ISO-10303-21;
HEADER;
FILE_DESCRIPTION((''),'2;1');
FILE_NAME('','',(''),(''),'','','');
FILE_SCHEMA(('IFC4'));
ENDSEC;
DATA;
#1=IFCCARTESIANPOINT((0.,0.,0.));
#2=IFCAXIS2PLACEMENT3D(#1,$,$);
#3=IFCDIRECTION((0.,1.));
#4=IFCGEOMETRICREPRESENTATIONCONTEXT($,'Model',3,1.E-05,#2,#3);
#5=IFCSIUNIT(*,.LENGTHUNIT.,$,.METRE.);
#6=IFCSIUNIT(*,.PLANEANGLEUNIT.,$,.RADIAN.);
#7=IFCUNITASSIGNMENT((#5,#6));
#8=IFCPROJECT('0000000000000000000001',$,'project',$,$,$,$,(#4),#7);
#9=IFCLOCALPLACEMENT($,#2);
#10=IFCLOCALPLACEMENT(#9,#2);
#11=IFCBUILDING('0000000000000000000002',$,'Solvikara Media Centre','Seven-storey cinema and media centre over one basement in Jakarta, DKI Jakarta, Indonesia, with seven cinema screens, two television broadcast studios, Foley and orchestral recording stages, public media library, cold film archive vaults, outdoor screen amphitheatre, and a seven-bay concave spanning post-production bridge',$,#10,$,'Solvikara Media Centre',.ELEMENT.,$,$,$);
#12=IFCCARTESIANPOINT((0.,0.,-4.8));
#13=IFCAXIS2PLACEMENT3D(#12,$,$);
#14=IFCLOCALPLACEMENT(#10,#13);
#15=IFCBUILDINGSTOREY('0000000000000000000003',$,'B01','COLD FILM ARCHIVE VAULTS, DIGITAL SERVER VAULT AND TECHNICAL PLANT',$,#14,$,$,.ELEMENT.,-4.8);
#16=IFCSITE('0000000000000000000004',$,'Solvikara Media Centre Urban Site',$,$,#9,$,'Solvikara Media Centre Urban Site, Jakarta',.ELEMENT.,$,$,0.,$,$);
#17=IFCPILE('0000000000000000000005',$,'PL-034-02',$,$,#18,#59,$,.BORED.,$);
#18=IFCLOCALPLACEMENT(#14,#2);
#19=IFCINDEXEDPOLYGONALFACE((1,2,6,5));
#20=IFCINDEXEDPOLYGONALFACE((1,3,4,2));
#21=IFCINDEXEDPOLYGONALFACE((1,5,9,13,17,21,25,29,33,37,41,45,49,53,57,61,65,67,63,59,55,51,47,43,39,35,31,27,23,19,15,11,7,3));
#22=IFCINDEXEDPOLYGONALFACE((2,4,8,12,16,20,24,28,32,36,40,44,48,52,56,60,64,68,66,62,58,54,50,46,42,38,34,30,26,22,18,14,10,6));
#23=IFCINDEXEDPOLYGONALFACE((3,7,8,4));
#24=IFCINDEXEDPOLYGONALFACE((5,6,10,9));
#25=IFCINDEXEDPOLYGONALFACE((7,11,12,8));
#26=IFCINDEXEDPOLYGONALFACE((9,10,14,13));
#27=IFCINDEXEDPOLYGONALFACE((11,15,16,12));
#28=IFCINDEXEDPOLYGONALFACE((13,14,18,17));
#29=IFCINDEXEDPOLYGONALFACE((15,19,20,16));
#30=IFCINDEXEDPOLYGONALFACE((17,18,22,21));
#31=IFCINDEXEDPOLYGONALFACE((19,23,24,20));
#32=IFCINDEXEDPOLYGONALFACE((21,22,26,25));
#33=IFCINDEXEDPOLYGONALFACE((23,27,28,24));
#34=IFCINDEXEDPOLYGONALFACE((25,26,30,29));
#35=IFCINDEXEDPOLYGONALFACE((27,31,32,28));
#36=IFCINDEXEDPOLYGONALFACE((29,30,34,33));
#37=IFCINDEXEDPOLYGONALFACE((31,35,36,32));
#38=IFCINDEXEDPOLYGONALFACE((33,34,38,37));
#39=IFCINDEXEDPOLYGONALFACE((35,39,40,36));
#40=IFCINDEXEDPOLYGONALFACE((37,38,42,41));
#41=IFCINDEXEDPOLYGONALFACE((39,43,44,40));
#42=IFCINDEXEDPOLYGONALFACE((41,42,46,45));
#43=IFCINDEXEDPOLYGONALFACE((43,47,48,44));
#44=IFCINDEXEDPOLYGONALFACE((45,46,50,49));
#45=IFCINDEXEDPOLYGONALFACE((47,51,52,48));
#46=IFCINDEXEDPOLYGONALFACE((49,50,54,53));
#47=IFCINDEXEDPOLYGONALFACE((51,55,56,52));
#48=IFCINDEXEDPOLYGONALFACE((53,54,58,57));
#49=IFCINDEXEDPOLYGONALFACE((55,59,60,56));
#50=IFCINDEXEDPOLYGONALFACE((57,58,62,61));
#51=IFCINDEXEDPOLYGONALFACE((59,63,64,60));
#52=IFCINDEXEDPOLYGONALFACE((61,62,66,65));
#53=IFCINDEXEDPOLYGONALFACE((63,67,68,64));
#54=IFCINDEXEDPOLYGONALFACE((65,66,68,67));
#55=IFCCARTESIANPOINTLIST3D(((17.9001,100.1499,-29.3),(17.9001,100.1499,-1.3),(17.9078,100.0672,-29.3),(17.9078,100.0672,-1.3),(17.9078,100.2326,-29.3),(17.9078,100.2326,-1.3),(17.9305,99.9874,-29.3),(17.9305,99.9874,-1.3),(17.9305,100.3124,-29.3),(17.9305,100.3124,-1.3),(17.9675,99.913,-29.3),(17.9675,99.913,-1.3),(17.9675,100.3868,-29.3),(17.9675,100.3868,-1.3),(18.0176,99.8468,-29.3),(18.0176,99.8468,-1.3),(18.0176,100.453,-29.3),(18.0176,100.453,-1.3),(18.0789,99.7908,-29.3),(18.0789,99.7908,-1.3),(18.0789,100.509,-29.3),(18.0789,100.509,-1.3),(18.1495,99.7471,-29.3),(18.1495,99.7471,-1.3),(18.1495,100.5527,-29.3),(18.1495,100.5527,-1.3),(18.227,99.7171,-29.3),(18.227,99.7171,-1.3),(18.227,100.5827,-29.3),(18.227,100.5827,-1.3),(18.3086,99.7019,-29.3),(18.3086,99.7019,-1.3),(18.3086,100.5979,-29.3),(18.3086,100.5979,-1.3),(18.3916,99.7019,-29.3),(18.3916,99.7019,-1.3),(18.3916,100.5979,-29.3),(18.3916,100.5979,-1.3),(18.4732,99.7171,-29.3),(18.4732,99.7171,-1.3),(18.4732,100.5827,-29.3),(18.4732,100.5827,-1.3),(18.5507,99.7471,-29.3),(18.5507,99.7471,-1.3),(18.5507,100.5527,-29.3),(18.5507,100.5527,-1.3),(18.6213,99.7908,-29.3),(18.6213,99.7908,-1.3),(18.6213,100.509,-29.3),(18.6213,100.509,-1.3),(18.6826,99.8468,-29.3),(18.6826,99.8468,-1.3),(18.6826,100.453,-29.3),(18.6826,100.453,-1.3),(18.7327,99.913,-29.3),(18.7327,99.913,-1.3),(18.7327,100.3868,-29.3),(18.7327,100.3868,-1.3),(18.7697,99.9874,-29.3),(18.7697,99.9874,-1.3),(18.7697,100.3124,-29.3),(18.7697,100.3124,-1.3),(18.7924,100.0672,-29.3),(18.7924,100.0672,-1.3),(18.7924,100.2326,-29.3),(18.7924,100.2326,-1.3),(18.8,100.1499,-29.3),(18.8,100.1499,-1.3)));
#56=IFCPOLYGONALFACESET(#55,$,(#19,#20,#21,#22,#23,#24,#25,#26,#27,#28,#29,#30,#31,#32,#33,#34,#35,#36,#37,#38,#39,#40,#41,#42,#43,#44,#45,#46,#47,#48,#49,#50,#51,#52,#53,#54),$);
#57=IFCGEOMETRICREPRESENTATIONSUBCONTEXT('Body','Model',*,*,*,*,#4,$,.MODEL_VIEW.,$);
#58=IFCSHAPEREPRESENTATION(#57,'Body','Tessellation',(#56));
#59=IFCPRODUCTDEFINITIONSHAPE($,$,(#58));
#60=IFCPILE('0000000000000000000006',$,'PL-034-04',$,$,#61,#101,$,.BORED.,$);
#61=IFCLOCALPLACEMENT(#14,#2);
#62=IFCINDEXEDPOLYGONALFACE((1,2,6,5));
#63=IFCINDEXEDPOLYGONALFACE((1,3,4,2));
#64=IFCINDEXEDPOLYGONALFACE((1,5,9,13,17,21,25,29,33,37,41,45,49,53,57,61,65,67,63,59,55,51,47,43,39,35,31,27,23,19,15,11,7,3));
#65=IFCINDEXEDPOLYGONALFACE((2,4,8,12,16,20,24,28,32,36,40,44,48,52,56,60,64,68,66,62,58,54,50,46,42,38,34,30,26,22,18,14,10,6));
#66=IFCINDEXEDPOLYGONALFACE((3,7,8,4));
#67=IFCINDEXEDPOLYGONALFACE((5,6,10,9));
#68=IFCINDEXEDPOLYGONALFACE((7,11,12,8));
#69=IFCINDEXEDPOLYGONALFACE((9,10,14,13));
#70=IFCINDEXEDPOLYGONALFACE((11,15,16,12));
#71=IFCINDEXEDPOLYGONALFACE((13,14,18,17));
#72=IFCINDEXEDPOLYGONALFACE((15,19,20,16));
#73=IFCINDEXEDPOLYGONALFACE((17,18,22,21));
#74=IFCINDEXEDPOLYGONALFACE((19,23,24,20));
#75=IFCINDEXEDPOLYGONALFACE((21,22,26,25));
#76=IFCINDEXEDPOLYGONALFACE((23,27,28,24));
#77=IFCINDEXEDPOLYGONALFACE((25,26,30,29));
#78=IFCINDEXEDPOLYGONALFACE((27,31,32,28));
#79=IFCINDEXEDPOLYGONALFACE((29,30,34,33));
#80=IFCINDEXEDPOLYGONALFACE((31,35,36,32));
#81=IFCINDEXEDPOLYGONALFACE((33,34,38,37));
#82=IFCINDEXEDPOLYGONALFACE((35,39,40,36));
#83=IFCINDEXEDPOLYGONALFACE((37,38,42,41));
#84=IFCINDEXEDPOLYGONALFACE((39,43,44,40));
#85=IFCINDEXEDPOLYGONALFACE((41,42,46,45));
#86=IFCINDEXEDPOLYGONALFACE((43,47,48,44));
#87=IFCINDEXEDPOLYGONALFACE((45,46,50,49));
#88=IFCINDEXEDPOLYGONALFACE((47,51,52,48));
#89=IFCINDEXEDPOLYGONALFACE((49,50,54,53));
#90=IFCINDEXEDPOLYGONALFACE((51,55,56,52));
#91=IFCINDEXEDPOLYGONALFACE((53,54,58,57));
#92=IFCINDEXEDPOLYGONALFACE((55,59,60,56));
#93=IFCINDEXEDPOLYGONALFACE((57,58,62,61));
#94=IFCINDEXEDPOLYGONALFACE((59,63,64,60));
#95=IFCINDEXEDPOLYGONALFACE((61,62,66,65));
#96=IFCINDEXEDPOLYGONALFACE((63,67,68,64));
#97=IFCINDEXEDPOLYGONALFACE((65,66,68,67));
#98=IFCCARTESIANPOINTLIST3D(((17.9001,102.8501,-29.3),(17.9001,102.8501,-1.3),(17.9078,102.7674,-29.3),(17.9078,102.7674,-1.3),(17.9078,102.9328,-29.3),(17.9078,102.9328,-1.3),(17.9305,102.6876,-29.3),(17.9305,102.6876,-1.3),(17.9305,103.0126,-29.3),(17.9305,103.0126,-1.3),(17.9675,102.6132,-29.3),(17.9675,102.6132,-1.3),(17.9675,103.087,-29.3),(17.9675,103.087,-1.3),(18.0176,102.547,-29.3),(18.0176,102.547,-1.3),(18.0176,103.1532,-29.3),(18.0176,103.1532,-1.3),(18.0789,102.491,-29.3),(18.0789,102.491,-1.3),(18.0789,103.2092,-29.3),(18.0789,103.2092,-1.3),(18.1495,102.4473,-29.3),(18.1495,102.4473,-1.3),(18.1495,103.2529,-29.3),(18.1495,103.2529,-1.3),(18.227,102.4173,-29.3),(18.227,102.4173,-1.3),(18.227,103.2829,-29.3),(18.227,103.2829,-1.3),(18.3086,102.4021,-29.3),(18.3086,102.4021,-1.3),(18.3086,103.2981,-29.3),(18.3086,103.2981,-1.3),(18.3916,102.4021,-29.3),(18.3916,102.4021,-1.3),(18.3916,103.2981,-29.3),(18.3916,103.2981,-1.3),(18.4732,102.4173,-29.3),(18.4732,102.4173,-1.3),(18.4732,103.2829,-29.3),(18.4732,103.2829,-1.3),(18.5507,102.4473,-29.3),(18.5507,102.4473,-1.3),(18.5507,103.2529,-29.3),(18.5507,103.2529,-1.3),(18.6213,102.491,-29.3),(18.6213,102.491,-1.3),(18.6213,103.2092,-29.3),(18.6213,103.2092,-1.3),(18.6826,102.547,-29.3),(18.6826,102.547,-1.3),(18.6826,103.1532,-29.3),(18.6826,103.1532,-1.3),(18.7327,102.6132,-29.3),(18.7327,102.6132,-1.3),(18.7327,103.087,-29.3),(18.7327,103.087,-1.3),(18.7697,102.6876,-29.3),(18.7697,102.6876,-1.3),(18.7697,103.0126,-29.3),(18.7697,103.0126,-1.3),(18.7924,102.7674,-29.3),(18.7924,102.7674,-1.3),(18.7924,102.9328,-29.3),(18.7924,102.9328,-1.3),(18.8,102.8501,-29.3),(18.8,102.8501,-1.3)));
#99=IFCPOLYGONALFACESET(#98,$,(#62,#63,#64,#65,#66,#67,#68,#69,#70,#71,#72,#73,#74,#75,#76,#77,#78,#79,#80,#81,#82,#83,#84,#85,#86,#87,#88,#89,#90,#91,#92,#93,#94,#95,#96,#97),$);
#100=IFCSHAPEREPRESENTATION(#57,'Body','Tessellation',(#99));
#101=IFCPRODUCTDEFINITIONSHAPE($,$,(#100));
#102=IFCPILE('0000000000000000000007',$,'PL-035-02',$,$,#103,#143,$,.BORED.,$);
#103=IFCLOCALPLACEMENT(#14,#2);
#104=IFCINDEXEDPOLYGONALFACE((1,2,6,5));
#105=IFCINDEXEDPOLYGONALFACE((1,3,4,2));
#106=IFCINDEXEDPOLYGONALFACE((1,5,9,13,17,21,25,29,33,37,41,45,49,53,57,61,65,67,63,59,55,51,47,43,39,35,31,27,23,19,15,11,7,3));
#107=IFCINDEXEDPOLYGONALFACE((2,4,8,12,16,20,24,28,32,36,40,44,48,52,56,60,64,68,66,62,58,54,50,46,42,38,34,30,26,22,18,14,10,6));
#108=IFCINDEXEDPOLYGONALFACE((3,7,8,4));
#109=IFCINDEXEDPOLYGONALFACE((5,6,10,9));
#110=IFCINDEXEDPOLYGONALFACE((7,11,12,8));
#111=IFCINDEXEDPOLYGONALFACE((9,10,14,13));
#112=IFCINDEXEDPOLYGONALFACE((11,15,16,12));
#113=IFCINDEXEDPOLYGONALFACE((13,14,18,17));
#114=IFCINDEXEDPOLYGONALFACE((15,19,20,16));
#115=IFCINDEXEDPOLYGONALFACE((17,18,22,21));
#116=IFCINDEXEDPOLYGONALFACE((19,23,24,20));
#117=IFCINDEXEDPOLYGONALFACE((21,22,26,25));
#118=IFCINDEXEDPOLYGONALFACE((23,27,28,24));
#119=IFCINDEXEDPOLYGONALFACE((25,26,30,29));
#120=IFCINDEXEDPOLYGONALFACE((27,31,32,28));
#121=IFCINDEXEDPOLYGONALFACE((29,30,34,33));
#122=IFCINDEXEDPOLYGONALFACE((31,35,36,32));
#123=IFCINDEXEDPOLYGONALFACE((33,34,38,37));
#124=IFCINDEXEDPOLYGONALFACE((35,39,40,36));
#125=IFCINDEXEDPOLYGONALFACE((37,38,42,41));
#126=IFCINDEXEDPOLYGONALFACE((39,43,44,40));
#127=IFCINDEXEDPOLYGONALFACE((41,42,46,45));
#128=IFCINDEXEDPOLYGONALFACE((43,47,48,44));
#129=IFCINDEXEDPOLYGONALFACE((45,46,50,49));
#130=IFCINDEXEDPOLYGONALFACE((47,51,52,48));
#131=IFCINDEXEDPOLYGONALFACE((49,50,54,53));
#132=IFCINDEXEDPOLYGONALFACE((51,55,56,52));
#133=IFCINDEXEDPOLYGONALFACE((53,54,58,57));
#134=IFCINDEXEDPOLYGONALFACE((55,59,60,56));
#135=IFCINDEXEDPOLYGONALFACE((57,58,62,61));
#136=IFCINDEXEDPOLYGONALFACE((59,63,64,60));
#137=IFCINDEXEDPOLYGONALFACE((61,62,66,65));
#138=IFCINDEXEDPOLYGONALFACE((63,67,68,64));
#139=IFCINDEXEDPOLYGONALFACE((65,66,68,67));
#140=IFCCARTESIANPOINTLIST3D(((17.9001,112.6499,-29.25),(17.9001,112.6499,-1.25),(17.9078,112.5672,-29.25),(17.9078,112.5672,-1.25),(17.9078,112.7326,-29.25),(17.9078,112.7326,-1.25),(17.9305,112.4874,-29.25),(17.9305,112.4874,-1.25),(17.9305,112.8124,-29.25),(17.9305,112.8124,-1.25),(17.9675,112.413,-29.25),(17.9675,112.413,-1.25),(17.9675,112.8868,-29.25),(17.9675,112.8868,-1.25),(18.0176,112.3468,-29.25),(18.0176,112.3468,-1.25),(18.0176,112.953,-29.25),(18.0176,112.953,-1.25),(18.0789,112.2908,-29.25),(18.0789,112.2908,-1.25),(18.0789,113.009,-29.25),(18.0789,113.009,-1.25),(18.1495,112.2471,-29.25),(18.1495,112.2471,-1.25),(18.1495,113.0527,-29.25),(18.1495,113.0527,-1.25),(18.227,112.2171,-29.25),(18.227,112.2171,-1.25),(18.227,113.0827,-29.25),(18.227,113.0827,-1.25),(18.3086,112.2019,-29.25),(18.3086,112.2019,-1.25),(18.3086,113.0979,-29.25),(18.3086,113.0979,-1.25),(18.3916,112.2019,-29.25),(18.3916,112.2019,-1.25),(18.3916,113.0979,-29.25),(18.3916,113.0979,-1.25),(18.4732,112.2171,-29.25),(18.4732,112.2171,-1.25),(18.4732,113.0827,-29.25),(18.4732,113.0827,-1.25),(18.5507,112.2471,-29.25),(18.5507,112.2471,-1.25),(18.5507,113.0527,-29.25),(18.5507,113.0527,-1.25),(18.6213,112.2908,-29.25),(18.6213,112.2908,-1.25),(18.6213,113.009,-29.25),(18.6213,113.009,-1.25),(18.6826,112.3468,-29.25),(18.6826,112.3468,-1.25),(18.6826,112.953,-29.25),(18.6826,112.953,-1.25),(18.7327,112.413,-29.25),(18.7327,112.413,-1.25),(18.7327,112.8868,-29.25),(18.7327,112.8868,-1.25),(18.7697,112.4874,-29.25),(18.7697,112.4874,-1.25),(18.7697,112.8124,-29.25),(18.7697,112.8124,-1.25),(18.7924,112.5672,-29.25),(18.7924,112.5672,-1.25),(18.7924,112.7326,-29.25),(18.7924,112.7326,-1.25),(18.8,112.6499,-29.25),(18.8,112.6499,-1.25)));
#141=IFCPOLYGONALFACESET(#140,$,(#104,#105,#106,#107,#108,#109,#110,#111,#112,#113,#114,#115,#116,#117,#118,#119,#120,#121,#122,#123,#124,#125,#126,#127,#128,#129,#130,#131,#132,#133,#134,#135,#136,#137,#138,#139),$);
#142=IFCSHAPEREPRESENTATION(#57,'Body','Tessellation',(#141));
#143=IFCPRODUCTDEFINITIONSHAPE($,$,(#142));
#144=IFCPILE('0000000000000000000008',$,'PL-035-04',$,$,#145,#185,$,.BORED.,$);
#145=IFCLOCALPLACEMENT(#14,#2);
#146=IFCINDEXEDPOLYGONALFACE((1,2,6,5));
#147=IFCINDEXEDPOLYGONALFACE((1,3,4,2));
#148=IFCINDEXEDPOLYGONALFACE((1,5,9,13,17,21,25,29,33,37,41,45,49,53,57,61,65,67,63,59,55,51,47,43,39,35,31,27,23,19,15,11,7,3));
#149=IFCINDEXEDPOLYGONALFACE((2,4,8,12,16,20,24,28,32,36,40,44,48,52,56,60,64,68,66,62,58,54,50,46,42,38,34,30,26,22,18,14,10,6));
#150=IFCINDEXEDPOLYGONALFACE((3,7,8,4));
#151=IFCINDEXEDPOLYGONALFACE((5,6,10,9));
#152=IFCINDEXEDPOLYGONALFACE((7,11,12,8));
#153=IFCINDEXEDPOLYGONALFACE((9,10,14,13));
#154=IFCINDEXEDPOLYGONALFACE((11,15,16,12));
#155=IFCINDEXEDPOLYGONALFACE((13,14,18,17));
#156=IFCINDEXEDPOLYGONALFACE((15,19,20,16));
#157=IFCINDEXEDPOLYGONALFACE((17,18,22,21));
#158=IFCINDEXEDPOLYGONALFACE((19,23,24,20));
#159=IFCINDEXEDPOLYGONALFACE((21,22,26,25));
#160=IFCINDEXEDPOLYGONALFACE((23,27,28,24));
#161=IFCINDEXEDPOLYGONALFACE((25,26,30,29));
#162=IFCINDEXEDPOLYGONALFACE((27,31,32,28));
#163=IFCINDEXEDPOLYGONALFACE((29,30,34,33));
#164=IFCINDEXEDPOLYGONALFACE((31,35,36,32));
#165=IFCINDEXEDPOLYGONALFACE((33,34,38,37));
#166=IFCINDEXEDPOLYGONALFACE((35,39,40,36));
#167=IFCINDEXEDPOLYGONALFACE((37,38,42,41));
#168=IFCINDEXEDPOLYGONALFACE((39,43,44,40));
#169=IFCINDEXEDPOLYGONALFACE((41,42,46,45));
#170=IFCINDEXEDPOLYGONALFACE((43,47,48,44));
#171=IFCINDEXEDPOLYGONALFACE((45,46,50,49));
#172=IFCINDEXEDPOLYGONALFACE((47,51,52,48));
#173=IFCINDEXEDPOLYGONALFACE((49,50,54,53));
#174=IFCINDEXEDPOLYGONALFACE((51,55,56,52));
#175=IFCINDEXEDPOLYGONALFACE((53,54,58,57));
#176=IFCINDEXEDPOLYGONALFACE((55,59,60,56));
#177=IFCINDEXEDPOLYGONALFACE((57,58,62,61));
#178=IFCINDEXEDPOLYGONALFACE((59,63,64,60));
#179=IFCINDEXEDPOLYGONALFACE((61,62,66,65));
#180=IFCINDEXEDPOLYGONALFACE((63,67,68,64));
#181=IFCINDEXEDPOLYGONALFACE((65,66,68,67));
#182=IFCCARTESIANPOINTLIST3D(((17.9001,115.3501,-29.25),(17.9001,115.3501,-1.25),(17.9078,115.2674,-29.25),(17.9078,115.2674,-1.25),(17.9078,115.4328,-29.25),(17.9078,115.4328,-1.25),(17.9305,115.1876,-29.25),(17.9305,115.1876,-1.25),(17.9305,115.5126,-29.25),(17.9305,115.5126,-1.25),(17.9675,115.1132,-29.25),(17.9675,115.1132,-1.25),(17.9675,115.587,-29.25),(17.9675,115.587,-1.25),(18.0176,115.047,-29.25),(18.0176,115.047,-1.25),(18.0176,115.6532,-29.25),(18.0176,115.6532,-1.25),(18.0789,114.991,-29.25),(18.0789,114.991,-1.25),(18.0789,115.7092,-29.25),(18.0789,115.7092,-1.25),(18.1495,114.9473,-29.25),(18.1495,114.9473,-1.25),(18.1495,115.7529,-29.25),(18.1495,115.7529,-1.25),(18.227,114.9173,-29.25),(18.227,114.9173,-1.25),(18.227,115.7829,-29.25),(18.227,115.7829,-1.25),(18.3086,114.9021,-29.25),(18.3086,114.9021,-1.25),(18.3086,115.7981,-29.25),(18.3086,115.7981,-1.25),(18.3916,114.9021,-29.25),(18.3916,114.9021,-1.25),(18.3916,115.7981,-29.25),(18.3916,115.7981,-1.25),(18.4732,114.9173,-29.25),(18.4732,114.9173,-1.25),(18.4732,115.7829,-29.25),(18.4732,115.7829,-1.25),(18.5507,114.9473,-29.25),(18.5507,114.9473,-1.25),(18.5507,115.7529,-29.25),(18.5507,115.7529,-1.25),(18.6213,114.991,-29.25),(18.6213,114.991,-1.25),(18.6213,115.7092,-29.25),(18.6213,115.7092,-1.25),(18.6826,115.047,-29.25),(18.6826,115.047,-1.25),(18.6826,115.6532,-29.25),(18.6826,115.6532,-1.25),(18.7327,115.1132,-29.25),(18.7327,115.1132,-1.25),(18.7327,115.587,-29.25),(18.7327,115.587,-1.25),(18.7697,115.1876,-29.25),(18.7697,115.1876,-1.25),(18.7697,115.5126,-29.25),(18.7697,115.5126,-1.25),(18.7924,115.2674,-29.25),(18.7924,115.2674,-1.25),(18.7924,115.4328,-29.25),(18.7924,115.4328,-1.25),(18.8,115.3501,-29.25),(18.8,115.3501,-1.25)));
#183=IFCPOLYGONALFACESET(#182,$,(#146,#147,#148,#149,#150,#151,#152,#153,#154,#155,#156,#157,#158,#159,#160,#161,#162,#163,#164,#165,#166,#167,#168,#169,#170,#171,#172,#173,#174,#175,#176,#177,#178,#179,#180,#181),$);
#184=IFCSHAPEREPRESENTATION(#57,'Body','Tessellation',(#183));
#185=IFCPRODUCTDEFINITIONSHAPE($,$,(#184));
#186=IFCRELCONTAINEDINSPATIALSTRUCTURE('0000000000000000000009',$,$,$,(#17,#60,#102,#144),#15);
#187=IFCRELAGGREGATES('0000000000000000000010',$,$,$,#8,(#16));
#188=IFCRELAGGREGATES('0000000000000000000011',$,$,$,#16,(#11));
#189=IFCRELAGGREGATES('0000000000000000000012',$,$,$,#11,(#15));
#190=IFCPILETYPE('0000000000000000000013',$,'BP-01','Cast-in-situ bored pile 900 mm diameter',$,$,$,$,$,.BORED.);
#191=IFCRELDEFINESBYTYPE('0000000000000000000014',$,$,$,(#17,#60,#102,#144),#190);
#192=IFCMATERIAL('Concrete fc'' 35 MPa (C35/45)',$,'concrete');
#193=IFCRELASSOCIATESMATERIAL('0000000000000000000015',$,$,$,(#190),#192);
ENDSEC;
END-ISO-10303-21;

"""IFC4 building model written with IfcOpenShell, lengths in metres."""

from ifc_helpers import new_model, si_unit, direction, frame, origin, origin_2d, place, context, subcontext, project, spatial, circle, extrude, material, material_profile, profile_set, type_object, element, save


model = new_model("IFC4")

# Units and contexts
model_context = context("Model", 3, precision=1e-05, world=origin(), true_north=direction((0.0, 1.0)))
body_context = subcontext(model_context, "Body", "Model", "MODEL_VIEW")
ifc_project = project(units=[si_unit("LENGTHUNIT", "METRE"), si_unit("PLANEANGLEUNIT", "RADIAN")], contexts=[model_context])

# Site, building, storey
site_placement = place(None, origin())
site = spatial("IfcSite", under=ifc_project, at=site_placement, Name="Solvikara Media Centre Urban Site", LongName="Solvikara Media Centre Urban Site, Jakarta", CompositionType="ELEMENT", RefElevation=0.0)
building_placement = place(site_placement, origin())
building = spatial("IfcBuilding", under=site, at=building_placement, Name="Solvikara Media Centre", Description="Seven-storey cinema and media centre over one basement in Jakarta, DKI Jakarta, Indonesia, with seven cinema screens, two television broadcast studios, Foley and orchestral recording stages, public media library, cold film archive vaults, outdoor screen amphitheatre, and a seven-bay concave spanning post-production bridge", LongName="Solvikara Media Centre", CompositionType="ELEMENT")
storey_placement = place(building_placement, frame((0.0, 0.0, -4.8)))
storey = spatial("IfcBuildingStorey", under=building, at=storey_placement, Name="B01", Description="COLD FILM ARCHIVE VAULTS, DIGITAL SERVER VAULT AND TECHNICAL PLANT", CompositionType="ELEMENT", Elevation=-4.8)

# Piles
ifc_material_1 = material(Name="Concrete fc' 35 MPa (C35/45)", Category="concrete")
ifc_material_profile_1 = material_profile(ifc_material_1, circle(Radius=0.45, at=origin_2d()), Name="BORED PILE D900")
ifc_profile_set_1 = profile_set([ifc_material_profile_1], Name="Concrete fc' 35 MPa (C35/45)")
pile_type = type_object("IfcPileType", Name="BP-01", Description="Cast-in-situ bored pile 900 mm diameter", PredefinedType="BORED", material=ifc_profile_set_1)
for number, where, z_axis, x_axis, name in (
    (1, (18.3501, 100.1499, -1.3), (0.0, 0.0, -1.0), (1.0, 0.0, 0.0), "PL-034-02"),
    (2, (18.3501, 102.8501, -1.3), (0.0, 0.0, -1.0), (1.0, 0.0, 0.0), "PL-034-04"),
    (3, (18.3501, 112.6499, -1.25), (0.0, 0.0, -1.0), (1.0, 0.0, 0.0), "PL-035-02"),
    (4, (18.3501, 115.3501, -1.25), (0.0, 0.0, -1.0), (1.0, 0.0, 0.0), "PL-035-04"),
):
    element("IfcPile", number, at=place(storey_placement, frame(where, z_axis=z_axis, x_axis=x_axis)), inside=storey, type_object=pile_type, Name=name, PredefinedType="BORED", context=body_context, shape_type="SweptSolid", body=[
        extrude(circle(Radius=0.45, at=origin_2d()), origin(), (0.0, 0.0, 1.0), 28.0),
    ])

save(model, "model.ifc")
